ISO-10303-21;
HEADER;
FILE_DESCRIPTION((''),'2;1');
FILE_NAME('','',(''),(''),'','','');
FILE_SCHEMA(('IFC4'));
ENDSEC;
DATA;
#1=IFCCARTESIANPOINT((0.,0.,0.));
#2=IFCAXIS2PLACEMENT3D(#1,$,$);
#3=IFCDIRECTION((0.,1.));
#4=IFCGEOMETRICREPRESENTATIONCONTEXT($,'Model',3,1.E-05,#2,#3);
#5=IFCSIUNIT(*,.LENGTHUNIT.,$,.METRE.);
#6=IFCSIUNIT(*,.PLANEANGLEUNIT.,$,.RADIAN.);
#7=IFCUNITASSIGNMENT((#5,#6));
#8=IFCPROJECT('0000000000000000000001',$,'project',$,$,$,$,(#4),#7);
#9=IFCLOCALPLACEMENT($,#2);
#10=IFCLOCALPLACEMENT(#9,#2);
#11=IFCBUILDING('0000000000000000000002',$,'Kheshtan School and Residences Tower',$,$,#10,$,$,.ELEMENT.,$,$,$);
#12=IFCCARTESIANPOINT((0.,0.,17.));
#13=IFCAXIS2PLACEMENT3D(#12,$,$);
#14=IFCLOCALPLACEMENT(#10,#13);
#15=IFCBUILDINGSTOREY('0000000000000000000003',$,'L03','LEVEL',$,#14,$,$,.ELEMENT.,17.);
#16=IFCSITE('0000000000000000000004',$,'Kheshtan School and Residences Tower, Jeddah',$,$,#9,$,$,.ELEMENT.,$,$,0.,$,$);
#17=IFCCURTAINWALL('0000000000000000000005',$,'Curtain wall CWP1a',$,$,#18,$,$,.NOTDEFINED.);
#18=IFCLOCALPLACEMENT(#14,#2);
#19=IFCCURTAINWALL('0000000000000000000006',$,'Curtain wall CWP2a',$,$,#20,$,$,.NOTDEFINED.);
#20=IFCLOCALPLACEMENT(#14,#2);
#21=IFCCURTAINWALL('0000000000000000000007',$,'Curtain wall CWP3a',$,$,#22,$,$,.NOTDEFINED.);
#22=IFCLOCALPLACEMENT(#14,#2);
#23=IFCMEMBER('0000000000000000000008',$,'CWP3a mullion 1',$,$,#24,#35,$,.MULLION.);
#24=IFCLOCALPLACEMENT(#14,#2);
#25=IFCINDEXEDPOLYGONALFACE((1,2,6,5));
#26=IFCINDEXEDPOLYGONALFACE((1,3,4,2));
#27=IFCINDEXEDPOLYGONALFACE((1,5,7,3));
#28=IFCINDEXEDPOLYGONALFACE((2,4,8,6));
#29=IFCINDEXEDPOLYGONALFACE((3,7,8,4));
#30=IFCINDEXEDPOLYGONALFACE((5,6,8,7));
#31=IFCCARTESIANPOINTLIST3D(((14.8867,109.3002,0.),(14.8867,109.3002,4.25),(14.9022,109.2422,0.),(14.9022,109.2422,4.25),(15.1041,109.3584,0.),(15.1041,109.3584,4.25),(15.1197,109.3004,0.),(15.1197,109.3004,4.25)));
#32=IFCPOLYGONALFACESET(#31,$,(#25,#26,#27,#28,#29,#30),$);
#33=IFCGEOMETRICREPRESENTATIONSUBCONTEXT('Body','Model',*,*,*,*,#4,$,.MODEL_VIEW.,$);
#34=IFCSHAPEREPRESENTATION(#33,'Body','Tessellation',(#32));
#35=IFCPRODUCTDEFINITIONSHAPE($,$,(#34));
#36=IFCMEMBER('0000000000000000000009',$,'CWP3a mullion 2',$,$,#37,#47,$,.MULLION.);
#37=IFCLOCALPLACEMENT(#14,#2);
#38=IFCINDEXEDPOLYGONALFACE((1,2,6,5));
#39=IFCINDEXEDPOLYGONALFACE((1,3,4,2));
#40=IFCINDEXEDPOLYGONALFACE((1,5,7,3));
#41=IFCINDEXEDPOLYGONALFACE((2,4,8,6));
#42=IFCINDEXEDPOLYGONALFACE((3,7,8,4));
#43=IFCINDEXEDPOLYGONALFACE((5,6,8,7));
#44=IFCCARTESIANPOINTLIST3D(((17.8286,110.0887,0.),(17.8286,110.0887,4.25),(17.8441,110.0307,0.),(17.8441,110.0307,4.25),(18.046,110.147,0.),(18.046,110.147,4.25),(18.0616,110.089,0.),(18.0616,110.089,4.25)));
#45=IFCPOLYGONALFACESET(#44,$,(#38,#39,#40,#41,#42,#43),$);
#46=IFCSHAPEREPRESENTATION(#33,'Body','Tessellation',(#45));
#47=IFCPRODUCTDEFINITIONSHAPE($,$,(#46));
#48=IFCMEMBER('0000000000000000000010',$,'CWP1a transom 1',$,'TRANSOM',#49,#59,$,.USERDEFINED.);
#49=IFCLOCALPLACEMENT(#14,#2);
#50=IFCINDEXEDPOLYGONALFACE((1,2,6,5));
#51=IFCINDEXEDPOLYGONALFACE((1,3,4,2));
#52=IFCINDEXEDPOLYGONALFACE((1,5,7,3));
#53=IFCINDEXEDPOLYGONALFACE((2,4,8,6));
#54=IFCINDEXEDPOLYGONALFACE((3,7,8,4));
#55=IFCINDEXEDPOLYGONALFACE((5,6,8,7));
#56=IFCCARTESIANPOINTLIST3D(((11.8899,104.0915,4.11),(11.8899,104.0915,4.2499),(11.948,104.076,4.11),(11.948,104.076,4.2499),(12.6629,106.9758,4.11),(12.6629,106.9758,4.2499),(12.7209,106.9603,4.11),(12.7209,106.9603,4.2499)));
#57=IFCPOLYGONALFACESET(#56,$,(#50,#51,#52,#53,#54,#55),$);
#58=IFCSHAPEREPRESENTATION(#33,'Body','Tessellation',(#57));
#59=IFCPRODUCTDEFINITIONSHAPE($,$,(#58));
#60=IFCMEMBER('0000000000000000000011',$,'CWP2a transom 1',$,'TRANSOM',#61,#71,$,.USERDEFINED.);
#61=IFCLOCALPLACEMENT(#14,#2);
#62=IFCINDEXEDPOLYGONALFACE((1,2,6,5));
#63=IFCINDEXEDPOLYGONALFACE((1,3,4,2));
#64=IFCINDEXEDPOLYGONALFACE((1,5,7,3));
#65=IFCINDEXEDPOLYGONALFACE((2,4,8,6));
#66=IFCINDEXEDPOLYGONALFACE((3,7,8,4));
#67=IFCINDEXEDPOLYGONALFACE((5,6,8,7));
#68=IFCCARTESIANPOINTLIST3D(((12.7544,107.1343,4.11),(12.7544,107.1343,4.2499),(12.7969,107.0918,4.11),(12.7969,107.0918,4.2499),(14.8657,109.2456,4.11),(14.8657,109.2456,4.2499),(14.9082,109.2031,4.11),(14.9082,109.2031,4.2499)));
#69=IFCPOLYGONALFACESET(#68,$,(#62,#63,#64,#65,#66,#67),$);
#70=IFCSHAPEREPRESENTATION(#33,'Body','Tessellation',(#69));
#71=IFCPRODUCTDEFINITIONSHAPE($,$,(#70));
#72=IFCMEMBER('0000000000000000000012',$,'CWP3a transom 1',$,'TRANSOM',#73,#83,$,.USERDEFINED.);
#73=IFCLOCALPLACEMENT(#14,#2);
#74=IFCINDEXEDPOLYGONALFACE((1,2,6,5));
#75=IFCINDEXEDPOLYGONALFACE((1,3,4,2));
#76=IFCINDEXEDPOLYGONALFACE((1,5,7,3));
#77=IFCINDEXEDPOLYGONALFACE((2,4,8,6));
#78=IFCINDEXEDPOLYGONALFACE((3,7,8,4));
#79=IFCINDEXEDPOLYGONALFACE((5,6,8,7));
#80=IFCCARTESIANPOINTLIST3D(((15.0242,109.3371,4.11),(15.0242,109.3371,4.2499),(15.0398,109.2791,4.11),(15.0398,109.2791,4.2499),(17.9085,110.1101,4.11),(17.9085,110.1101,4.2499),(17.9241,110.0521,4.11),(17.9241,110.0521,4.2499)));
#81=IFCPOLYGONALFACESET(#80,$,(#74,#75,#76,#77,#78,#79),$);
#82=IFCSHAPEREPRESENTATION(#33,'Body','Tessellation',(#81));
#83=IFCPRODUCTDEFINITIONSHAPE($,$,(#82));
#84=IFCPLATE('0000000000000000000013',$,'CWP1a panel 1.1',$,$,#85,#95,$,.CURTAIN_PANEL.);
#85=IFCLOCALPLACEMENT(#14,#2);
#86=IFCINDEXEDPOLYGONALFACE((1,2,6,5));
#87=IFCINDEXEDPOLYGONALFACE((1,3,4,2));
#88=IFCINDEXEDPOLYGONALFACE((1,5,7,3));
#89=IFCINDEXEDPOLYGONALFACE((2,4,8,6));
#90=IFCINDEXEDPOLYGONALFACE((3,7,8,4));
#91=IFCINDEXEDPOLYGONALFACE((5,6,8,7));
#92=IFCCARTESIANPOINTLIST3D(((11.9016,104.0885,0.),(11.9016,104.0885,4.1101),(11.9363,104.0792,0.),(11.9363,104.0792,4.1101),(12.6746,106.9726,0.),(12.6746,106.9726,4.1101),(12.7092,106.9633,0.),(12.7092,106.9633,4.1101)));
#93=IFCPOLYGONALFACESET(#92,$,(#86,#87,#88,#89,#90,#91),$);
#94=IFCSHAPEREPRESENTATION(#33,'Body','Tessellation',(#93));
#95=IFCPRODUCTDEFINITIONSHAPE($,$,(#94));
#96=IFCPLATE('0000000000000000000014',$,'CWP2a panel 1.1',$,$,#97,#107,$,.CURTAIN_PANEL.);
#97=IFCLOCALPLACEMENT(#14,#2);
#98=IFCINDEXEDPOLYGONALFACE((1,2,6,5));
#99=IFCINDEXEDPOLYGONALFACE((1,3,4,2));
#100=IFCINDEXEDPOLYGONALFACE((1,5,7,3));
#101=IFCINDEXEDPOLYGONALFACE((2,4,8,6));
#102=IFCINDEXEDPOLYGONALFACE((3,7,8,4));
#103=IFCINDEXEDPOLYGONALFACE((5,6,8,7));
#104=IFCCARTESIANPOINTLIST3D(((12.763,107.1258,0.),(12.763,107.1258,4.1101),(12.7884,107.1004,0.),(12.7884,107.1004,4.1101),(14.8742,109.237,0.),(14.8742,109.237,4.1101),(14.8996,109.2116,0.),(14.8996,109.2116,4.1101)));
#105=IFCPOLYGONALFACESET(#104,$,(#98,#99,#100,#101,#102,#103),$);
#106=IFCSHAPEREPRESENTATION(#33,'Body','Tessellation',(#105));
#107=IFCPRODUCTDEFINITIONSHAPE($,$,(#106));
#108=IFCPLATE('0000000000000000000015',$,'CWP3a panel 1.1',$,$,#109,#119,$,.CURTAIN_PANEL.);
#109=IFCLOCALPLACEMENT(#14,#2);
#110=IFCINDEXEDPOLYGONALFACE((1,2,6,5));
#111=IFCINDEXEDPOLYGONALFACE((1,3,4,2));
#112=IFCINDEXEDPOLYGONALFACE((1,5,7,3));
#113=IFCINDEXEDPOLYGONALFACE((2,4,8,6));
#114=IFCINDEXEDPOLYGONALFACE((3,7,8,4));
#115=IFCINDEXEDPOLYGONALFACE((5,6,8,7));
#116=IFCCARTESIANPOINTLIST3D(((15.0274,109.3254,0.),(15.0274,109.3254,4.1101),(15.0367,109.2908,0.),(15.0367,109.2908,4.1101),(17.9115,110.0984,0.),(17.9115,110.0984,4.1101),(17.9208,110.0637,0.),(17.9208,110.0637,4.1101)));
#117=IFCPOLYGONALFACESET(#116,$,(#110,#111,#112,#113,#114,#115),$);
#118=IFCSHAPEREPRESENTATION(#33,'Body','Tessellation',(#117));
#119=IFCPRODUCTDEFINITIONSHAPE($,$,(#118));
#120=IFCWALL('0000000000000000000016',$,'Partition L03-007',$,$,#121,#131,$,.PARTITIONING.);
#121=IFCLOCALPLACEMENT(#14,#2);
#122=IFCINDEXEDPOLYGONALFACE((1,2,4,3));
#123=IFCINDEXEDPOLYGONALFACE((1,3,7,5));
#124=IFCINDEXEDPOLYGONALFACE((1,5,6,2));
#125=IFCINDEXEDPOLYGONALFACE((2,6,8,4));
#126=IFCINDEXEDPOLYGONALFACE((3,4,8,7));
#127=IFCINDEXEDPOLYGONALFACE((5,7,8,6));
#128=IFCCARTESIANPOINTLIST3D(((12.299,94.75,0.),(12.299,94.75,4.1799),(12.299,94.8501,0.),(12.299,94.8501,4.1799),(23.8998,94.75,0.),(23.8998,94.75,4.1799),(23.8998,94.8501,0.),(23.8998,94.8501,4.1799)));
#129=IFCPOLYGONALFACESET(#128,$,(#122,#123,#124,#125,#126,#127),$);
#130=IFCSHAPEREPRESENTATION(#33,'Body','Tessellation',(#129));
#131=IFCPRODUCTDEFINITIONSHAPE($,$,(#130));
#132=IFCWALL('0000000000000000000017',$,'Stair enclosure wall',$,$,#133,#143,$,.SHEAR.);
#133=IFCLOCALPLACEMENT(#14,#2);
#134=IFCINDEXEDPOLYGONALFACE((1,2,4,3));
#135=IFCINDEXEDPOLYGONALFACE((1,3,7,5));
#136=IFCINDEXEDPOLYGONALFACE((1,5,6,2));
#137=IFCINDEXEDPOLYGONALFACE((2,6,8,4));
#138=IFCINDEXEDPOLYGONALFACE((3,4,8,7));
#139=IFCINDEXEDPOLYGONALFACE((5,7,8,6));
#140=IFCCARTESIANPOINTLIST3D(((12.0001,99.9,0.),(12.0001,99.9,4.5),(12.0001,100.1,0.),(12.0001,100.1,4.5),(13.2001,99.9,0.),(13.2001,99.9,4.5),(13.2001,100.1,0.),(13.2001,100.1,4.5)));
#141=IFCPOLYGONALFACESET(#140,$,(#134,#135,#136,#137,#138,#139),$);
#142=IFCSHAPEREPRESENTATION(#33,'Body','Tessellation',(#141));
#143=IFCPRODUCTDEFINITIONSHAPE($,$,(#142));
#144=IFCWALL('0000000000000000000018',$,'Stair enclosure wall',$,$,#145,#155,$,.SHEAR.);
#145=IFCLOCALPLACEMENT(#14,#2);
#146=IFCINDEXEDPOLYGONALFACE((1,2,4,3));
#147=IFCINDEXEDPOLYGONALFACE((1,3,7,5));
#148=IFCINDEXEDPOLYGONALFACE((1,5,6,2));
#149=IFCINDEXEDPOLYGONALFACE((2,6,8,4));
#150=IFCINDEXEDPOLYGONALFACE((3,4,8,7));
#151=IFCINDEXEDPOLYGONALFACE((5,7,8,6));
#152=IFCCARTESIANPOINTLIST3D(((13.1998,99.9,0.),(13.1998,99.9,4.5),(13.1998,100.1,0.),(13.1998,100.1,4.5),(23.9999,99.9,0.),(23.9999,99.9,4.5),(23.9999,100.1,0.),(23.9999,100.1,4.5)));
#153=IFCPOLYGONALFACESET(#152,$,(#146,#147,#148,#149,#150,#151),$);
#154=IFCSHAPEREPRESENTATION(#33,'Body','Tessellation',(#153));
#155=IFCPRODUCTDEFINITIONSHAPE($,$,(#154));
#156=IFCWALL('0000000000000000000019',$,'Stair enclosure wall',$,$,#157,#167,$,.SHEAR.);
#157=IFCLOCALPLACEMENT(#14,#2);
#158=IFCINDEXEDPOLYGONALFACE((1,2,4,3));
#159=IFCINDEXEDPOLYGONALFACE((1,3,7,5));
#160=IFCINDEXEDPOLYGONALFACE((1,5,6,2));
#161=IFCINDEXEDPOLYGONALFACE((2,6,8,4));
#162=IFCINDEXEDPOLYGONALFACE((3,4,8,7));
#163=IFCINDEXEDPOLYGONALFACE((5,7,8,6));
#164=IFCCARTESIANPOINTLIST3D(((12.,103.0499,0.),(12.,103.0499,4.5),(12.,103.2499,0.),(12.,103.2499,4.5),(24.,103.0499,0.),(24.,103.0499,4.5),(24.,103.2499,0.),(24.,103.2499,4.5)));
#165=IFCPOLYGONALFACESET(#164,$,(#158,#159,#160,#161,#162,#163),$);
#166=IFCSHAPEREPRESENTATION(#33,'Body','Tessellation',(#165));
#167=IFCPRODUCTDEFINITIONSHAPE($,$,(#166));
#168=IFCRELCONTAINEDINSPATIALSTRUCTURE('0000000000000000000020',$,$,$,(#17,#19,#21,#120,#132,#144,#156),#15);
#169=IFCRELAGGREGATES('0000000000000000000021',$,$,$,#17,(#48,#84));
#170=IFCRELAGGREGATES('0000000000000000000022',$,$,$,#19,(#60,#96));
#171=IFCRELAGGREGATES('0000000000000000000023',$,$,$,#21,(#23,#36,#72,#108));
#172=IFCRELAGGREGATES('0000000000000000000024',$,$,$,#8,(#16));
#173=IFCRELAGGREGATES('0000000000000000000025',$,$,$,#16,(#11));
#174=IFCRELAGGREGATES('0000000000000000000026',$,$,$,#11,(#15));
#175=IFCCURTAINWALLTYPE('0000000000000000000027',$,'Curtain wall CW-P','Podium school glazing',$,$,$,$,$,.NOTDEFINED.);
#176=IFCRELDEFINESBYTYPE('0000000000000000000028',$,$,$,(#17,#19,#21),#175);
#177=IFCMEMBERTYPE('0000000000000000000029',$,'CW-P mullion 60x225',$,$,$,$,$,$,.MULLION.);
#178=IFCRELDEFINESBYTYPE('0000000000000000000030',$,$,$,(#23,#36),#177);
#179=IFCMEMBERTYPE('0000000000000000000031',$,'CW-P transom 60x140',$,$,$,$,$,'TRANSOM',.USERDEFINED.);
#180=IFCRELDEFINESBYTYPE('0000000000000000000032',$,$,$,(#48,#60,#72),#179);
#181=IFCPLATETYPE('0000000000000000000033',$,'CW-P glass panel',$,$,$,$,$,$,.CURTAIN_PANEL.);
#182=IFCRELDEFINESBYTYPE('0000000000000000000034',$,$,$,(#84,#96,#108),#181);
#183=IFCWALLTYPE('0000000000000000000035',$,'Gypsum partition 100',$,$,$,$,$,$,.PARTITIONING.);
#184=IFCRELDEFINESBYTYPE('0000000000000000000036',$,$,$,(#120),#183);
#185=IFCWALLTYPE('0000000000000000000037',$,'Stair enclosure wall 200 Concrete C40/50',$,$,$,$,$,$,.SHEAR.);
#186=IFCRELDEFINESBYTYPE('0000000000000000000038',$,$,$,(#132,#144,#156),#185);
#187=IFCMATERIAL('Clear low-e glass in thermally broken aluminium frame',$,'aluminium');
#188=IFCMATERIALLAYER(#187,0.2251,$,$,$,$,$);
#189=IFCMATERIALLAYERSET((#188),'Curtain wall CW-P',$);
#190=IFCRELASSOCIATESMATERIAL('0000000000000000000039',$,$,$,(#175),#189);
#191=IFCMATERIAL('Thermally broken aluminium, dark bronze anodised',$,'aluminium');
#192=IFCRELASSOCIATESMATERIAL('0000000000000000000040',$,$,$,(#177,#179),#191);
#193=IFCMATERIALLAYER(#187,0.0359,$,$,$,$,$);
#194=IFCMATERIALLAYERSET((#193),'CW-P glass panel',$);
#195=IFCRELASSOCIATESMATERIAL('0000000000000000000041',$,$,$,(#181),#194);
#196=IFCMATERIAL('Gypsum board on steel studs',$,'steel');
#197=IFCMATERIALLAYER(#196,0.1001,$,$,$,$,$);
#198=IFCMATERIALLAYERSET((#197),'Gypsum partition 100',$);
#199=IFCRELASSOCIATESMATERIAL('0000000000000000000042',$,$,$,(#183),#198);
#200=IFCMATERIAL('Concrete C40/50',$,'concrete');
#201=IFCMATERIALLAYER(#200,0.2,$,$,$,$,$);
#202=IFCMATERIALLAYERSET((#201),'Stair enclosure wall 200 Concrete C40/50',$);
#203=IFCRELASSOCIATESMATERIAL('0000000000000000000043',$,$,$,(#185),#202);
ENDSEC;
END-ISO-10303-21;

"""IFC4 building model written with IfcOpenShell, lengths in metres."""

from ifc_helpers import new_model, si_unit, direction, frame, frame_2d, origin, origin_2d, place, context, subcontext, project, spatial, rectangle, extrude, material, layer, layer_set, material_profile, profile_set, type_object, element, aggregate, save


model = new_model("IFC4")

# Units and contexts
model_context = context("Model", 3, precision=1e-05, world=origin(), true_north=direction((0.0, 1.0)))
body_context = subcontext(model_context, "Body", "Model", "MODEL_VIEW")
ifc_project = project(units=[si_unit("LENGTHUNIT", "METRE"), si_unit("PLANEANGLEUNIT", "RADIAN")], contexts=[model_context])

# Site, building, storey
site_placement = place(None, origin())
site = spatial("IfcSite", under=ifc_project, at=site_placement, Name="Kheshtan School and Residences Tower, Jeddah", CompositionType="ELEMENT", RefElevation=0.0)
building_placement = place(site_placement, origin())
building = spatial("IfcBuilding", under=site, at=building_placement, Name="Kheshtan School and Residences Tower", CompositionType="ELEMENT")
storey_placement = place(building_placement, frame((0.0, 0.0, 17.0)))
storey = spatial("IfcBuildingStorey", under=building, at=storey_placement, Name="L03", Description="LEVEL", CompositionType="ELEMENT", Elevation=17.0)

# Curtain walls, members
ifc_material_1 = material(Name="Clear low-e glass in thermally broken aluminium frame", Category="aluminium")
ifc_layer_1 = layer(ifc_material_1, 0.2251)
ifc_layer_set_1 = layer_set([ifc_layer_1], Name="Curtain wall CW-P")
curtain_wall_type = type_object("IfcCurtainWallType", Name="Curtain wall CW-P", Description="Podium school glazing", PredefinedType="NOTDEFINED", material=ifc_layer_set_1)
curtain_wall_1_placement = place(storey_placement, origin())
curtain_wall_1 = element("IfcCurtainWall", 1, at=curtain_wall_1_placement, inside=storey, type_object=curtain_wall_type, Name="Curtain wall CWP1a", PredefinedType="NOTDEFINED")
ifc_material_2 = material(Name="Thermally broken aluminium, dark bronze anodised", Category="aluminium")
ifc_material_profile_1 = material_profile(ifc_material_2, rectangle(XDim=0.0601, YDim=0.2251, at=origin_2d()), Name="CW-P mullion 60x225")
ifc_profile_set_1 = profile_set([ifc_material_profile_1], Name="Thermally broken aluminium, dark bronze anodised")
member_type_1 = type_object("IfcMemberType", Name="CW-P mullion 60x225", PredefinedType="MULLION", material=ifc_profile_set_1)
curtain_wall_2_placement = place(storey_placement, origin())
curtain_wall_2 = element("IfcCurtainWall", 2, at=curtain_wall_2_placement, inside=storey, type_object=curtain_wall_type, Name="Curtain wall CWP2a", PredefinedType="NOTDEFINED")
curtain_wall_3_placement = place(storey_placement, origin())
curtain_wall_3 = element("IfcCurtainWall", 3, at=curtain_wall_3_placement, inside=storey, type_object=curtain_wall_type, Name="Curtain wall CWP3a", PredefinedType="NOTDEFINED")
member_1_placement = place(storey_placement, frame((15.0032, 109.3003, 0.0), z_axis=(0.0, 0.0, 1.0), x_axis=(-0.258865, 0.965914, 0.0)))
member_1 = element("IfcMember", 4, at=member_1_placement, type_object=member_type_1, Name="CWP3a mullion 1", PredefinedType="MULLION", context=body_context, shape_type="SweptSolid", body=[
    extrude(rectangle(XDim=0.0601, YDim=0.2251, at=origin_2d()), origin(), (0.0, 0.0, 1.0), 4.25),
])
member_2_placement = place(storey_placement, frame((17.9451, 110.0889, 0.0), z_axis=(0.0, 0.0, 1.0), x_axis=(-0.258865, 0.965914, 0.0)))
member_2 = element("IfcMember", 5, at=member_2_placement, type_object=member_type_1, Name="CWP3a mullion 2", PredefinedType="MULLION", context=body_context, shape_type="SweptSolid", body=[
    extrude(rectangle(XDim=0.0601, YDim=0.2251, at=origin_2d()), origin(), (0.0, 0.0, 1.0), 4.25),
])

# Members
ifc_material_profile_2 = material_profile(ifc_material_2, rectangle(XDim=0.0601, YDim=0.1399, at=origin_2d()), Name="CW-P transom 60x140")
ifc_profile_set_2 = profile_set([ifc_material_profile_2], Name="Thermally broken aluminium, dark bronze anodised")
member_type_2 = type_object("IfcMemberType", Name="CW-P transom 60x140", ElementType="TRANSOM", PredefinedType="USERDEFINED", material=ifc_profile_set_2)
member_3_placement = place(storey_placement, frame((11.9189, 104.0837, 4.1799), z_axis=(0.258853, 0.965917, 0.0), x_axis=(-0.965917, 0.258853, 0.0)))
member_3 = element("IfcMember", 6, at=member_3_placement, type_object=member_type_2, Name="CWP1a transom 1", ObjectType="TRANSOM", PredefinedType="USERDEFINED", context=body_context, shape_type="SweptSolid", body=[
    extrude(rectangle(XDim=0.0601, YDim=0.1399, at=origin_2d()), origin(), (0.0, 0.0, 1.0), 2.9861),
])
member_4_placement = place(storey_placement, frame((12.7756, 107.113, 4.1799), z_axis=(0.707107, 0.707107, 0.0), x_axis=(-0.707107, 0.707107, 0.0)))
member_4 = element("IfcMember", 7, at=member_4_placement, type_object=member_type_2, Name="CWP2a transom 1", ObjectType="TRANSOM", PredefinedType="USERDEFINED", context=body_context, shape_type="SweptSolid", body=[
    extrude(rectangle(XDim=0.0601, YDim=0.1399, at=origin_2d()), origin(), (0.0, 0.0, 1.0), 2.9858),
])
member_5_placement = place(storey_placement, frame((15.032, 109.3081, 4.1799), z_axis=(0.965917, 0.258853, 0.0), x_axis=(-0.258853, 0.965917, 0.0)))
member_5 = element("IfcMember", 8, at=member_5_placement, type_object=member_type_2, Name="CWP3a transom 1", ObjectType="TRANSOM", PredefinedType="USERDEFINED", context=body_context, shape_type="SweptSolid", body=[
    extrude(rectangle(XDim=0.0601, YDim=0.1399, at=origin_2d()), origin(), (0.0, 0.0, 1.0), 2.9861),
])

# Plates
ifc_layer_2 = layer(ifc_material_1, 0.0359)
ifc_layer_set_2 = layer_set([ifc_layer_2], Name="CW-P glass panel")
plate_type = type_object("IfcPlateType", Name="CW-P glass panel", PredefinedType="CURTAIN_PANEL", material=ifc_layer_set_2)
plate_1_placement = place(storey_placement, frame((12.3054, 105.5259, 0.0), z_axis=(0.0, 0.0, 1.0), x_axis=(0.258865, 0.965914, 0.0)))
plate_1 = element("IfcPlate", 9, at=plate_1_placement, type_object=plate_type, Name="CWP1a panel 1.1", PredefinedType="CURTAIN_PANEL", context=body_context, shape_type="SweptSolid", body=[
    extrude(rectangle(XDim=2.9858, YDim=0.0359, at=origin_2d()), origin(), (0.0, 0.0, 1.0), 4.1101),
])
aggregate(curtain_wall_1, [member_3, plate_1])
plate_2_placement = place(storey_placement, frame((13.8313, 108.1687, 0.0), z_axis=(0.0, 0.0, 1.0), x_axis=(0.707107, 0.707107, 0.0)))
plate_2 = element("IfcPlate", 10, at=plate_2_placement, type_object=plate_type, Name="CWP2a panel 1.1", PredefinedType="CURTAIN_PANEL", context=body_context, shape_type="SweptSolid", body=[
    extrude(rectangle(XDim=2.9856, YDim=0.0359, at=origin_2d()), origin(), (0.0, 0.0, 1.0), 4.1101),
])
aggregate(curtain_wall_2, [member_4, plate_2])
plate_3_placement = place(storey_placement, frame((16.4741, 109.6946, 0.0), z_axis=(0.0, 0.0, 1.0), x_axis=(0.965914, 0.258865, 0.0)))
plate_3 = element("IfcPlate", 11, at=plate_3_placement, type_object=plate_type, Name="CWP3a panel 1.1", PredefinedType="CURTAIN_PANEL", context=body_context, shape_type="SweptSolid", body=[
    extrude(rectangle(XDim=2.9858, YDim=0.0359, at=origin_2d()), origin(), (0.0, 0.0, 1.0), 4.1101),
])
aggregate(curtain_wall_3, [member_1, member_2, member_5, plate_3])

# Walls
ifc_material_3 = material(Name="Gypsum board on steel studs", Category="steel")
ifc_layer_3 = layer(ifc_material_3, 0.1001)
ifc_layer_set_3 = layer_set([ifc_layer_3], Name="Gypsum partition 100")
wall_type_1 = type_object("IfcWallType", Name="Gypsum partition 100", PredefinedType="PARTITIONING", material=ifc_layer_set_3)
wall_1_placement = place(storey_placement, frame((12.2991, 94.8, 0.0), z_axis=(0.0, 0.0, 1.0), x_axis=(1.0, 0.0, 0.0)))
element("IfcWall", 12, at=wall_1_placement, inside=storey, type_object=wall_type_1, Name="Partition L03-007", PredefinedType="PARTITIONING", context=body_context, shape_type="SweptSolid", body=[
    extrude(rectangle(XDim=11.6008, YDim=0.1001, at=frame_2d((5.8003, 0.0))), origin(), (0.0, 0.0, 1.0), 4.1799),
])
ifc_material_4 = material(Name="Concrete C40/50", Category="concrete")
ifc_layer_4 = layer(ifc_material_4, 0.2)
ifc_layer_set_4 = layer_set([ifc_layer_4], Name="Stair enclosure wall 200 Concrete C40/50")
wall_type_2 = type_object("IfcWallType", Name="Stair enclosure wall 200 Concrete C40/50", PredefinedType="SHEAR", material=ifc_layer_set_4)
wall_2_placement = place(storey_placement, frame((12.0, 100.0, 0.0), z_axis=(0.0, 0.0, 1.0), x_axis=(1.0, 0.0, 0.0)))
element("IfcWall", 13, at=wall_2_placement, inside=storey, type_object=wall_type_2, Name="Stair enclosure wall", PredefinedType="SHEAR", context=body_context, shape_type="SweptSolid", body=[
    extrude(rectangle(XDim=1.2, YDim=0.2, at=frame_2d((0.6001, 0.0))), origin(), (0.0, 0.0, 1.0), 4.5),
])
wall_3_placement = place(storey_placement, frame((13.2, 100.0, 0.0), z_axis=(0.0, 0.0, 1.0), x_axis=(1.0, 0.0, 0.0)))
element("IfcWall", 14, at=wall_3_placement, inside=storey, type_object=wall_type_2, Name="Stair enclosure wall", PredefinedType="SHEAR", context=body_context, shape_type="SweptSolid", body=[
    extrude(rectangle(XDim=10.8, YDim=0.2, at=frame_2d((5.3999, 0.0))), origin(), (0.0, 0.0, 1.0), 4.5),
])
wall_4_placement = place(storey_placement, frame((12.0, 103.1499, 0.0), z_axis=(0.0, 0.0, 1.0), x_axis=(1.0, 0.0, 0.0)))
element("IfcWall", 15, at=wall_4_placement, inside=storey, type_object=wall_type_2, Name="Stair enclosure wall", PredefinedType="SHEAR", context=body_context, shape_type="SweptSolid", body=[
    extrude(rectangle(XDim=12.0, YDim=0.2, at=frame_2d((6.0, 0.0))), origin(), (0.0, 0.0, 1.0), 4.5),
])

save(model, "model.ifc")
